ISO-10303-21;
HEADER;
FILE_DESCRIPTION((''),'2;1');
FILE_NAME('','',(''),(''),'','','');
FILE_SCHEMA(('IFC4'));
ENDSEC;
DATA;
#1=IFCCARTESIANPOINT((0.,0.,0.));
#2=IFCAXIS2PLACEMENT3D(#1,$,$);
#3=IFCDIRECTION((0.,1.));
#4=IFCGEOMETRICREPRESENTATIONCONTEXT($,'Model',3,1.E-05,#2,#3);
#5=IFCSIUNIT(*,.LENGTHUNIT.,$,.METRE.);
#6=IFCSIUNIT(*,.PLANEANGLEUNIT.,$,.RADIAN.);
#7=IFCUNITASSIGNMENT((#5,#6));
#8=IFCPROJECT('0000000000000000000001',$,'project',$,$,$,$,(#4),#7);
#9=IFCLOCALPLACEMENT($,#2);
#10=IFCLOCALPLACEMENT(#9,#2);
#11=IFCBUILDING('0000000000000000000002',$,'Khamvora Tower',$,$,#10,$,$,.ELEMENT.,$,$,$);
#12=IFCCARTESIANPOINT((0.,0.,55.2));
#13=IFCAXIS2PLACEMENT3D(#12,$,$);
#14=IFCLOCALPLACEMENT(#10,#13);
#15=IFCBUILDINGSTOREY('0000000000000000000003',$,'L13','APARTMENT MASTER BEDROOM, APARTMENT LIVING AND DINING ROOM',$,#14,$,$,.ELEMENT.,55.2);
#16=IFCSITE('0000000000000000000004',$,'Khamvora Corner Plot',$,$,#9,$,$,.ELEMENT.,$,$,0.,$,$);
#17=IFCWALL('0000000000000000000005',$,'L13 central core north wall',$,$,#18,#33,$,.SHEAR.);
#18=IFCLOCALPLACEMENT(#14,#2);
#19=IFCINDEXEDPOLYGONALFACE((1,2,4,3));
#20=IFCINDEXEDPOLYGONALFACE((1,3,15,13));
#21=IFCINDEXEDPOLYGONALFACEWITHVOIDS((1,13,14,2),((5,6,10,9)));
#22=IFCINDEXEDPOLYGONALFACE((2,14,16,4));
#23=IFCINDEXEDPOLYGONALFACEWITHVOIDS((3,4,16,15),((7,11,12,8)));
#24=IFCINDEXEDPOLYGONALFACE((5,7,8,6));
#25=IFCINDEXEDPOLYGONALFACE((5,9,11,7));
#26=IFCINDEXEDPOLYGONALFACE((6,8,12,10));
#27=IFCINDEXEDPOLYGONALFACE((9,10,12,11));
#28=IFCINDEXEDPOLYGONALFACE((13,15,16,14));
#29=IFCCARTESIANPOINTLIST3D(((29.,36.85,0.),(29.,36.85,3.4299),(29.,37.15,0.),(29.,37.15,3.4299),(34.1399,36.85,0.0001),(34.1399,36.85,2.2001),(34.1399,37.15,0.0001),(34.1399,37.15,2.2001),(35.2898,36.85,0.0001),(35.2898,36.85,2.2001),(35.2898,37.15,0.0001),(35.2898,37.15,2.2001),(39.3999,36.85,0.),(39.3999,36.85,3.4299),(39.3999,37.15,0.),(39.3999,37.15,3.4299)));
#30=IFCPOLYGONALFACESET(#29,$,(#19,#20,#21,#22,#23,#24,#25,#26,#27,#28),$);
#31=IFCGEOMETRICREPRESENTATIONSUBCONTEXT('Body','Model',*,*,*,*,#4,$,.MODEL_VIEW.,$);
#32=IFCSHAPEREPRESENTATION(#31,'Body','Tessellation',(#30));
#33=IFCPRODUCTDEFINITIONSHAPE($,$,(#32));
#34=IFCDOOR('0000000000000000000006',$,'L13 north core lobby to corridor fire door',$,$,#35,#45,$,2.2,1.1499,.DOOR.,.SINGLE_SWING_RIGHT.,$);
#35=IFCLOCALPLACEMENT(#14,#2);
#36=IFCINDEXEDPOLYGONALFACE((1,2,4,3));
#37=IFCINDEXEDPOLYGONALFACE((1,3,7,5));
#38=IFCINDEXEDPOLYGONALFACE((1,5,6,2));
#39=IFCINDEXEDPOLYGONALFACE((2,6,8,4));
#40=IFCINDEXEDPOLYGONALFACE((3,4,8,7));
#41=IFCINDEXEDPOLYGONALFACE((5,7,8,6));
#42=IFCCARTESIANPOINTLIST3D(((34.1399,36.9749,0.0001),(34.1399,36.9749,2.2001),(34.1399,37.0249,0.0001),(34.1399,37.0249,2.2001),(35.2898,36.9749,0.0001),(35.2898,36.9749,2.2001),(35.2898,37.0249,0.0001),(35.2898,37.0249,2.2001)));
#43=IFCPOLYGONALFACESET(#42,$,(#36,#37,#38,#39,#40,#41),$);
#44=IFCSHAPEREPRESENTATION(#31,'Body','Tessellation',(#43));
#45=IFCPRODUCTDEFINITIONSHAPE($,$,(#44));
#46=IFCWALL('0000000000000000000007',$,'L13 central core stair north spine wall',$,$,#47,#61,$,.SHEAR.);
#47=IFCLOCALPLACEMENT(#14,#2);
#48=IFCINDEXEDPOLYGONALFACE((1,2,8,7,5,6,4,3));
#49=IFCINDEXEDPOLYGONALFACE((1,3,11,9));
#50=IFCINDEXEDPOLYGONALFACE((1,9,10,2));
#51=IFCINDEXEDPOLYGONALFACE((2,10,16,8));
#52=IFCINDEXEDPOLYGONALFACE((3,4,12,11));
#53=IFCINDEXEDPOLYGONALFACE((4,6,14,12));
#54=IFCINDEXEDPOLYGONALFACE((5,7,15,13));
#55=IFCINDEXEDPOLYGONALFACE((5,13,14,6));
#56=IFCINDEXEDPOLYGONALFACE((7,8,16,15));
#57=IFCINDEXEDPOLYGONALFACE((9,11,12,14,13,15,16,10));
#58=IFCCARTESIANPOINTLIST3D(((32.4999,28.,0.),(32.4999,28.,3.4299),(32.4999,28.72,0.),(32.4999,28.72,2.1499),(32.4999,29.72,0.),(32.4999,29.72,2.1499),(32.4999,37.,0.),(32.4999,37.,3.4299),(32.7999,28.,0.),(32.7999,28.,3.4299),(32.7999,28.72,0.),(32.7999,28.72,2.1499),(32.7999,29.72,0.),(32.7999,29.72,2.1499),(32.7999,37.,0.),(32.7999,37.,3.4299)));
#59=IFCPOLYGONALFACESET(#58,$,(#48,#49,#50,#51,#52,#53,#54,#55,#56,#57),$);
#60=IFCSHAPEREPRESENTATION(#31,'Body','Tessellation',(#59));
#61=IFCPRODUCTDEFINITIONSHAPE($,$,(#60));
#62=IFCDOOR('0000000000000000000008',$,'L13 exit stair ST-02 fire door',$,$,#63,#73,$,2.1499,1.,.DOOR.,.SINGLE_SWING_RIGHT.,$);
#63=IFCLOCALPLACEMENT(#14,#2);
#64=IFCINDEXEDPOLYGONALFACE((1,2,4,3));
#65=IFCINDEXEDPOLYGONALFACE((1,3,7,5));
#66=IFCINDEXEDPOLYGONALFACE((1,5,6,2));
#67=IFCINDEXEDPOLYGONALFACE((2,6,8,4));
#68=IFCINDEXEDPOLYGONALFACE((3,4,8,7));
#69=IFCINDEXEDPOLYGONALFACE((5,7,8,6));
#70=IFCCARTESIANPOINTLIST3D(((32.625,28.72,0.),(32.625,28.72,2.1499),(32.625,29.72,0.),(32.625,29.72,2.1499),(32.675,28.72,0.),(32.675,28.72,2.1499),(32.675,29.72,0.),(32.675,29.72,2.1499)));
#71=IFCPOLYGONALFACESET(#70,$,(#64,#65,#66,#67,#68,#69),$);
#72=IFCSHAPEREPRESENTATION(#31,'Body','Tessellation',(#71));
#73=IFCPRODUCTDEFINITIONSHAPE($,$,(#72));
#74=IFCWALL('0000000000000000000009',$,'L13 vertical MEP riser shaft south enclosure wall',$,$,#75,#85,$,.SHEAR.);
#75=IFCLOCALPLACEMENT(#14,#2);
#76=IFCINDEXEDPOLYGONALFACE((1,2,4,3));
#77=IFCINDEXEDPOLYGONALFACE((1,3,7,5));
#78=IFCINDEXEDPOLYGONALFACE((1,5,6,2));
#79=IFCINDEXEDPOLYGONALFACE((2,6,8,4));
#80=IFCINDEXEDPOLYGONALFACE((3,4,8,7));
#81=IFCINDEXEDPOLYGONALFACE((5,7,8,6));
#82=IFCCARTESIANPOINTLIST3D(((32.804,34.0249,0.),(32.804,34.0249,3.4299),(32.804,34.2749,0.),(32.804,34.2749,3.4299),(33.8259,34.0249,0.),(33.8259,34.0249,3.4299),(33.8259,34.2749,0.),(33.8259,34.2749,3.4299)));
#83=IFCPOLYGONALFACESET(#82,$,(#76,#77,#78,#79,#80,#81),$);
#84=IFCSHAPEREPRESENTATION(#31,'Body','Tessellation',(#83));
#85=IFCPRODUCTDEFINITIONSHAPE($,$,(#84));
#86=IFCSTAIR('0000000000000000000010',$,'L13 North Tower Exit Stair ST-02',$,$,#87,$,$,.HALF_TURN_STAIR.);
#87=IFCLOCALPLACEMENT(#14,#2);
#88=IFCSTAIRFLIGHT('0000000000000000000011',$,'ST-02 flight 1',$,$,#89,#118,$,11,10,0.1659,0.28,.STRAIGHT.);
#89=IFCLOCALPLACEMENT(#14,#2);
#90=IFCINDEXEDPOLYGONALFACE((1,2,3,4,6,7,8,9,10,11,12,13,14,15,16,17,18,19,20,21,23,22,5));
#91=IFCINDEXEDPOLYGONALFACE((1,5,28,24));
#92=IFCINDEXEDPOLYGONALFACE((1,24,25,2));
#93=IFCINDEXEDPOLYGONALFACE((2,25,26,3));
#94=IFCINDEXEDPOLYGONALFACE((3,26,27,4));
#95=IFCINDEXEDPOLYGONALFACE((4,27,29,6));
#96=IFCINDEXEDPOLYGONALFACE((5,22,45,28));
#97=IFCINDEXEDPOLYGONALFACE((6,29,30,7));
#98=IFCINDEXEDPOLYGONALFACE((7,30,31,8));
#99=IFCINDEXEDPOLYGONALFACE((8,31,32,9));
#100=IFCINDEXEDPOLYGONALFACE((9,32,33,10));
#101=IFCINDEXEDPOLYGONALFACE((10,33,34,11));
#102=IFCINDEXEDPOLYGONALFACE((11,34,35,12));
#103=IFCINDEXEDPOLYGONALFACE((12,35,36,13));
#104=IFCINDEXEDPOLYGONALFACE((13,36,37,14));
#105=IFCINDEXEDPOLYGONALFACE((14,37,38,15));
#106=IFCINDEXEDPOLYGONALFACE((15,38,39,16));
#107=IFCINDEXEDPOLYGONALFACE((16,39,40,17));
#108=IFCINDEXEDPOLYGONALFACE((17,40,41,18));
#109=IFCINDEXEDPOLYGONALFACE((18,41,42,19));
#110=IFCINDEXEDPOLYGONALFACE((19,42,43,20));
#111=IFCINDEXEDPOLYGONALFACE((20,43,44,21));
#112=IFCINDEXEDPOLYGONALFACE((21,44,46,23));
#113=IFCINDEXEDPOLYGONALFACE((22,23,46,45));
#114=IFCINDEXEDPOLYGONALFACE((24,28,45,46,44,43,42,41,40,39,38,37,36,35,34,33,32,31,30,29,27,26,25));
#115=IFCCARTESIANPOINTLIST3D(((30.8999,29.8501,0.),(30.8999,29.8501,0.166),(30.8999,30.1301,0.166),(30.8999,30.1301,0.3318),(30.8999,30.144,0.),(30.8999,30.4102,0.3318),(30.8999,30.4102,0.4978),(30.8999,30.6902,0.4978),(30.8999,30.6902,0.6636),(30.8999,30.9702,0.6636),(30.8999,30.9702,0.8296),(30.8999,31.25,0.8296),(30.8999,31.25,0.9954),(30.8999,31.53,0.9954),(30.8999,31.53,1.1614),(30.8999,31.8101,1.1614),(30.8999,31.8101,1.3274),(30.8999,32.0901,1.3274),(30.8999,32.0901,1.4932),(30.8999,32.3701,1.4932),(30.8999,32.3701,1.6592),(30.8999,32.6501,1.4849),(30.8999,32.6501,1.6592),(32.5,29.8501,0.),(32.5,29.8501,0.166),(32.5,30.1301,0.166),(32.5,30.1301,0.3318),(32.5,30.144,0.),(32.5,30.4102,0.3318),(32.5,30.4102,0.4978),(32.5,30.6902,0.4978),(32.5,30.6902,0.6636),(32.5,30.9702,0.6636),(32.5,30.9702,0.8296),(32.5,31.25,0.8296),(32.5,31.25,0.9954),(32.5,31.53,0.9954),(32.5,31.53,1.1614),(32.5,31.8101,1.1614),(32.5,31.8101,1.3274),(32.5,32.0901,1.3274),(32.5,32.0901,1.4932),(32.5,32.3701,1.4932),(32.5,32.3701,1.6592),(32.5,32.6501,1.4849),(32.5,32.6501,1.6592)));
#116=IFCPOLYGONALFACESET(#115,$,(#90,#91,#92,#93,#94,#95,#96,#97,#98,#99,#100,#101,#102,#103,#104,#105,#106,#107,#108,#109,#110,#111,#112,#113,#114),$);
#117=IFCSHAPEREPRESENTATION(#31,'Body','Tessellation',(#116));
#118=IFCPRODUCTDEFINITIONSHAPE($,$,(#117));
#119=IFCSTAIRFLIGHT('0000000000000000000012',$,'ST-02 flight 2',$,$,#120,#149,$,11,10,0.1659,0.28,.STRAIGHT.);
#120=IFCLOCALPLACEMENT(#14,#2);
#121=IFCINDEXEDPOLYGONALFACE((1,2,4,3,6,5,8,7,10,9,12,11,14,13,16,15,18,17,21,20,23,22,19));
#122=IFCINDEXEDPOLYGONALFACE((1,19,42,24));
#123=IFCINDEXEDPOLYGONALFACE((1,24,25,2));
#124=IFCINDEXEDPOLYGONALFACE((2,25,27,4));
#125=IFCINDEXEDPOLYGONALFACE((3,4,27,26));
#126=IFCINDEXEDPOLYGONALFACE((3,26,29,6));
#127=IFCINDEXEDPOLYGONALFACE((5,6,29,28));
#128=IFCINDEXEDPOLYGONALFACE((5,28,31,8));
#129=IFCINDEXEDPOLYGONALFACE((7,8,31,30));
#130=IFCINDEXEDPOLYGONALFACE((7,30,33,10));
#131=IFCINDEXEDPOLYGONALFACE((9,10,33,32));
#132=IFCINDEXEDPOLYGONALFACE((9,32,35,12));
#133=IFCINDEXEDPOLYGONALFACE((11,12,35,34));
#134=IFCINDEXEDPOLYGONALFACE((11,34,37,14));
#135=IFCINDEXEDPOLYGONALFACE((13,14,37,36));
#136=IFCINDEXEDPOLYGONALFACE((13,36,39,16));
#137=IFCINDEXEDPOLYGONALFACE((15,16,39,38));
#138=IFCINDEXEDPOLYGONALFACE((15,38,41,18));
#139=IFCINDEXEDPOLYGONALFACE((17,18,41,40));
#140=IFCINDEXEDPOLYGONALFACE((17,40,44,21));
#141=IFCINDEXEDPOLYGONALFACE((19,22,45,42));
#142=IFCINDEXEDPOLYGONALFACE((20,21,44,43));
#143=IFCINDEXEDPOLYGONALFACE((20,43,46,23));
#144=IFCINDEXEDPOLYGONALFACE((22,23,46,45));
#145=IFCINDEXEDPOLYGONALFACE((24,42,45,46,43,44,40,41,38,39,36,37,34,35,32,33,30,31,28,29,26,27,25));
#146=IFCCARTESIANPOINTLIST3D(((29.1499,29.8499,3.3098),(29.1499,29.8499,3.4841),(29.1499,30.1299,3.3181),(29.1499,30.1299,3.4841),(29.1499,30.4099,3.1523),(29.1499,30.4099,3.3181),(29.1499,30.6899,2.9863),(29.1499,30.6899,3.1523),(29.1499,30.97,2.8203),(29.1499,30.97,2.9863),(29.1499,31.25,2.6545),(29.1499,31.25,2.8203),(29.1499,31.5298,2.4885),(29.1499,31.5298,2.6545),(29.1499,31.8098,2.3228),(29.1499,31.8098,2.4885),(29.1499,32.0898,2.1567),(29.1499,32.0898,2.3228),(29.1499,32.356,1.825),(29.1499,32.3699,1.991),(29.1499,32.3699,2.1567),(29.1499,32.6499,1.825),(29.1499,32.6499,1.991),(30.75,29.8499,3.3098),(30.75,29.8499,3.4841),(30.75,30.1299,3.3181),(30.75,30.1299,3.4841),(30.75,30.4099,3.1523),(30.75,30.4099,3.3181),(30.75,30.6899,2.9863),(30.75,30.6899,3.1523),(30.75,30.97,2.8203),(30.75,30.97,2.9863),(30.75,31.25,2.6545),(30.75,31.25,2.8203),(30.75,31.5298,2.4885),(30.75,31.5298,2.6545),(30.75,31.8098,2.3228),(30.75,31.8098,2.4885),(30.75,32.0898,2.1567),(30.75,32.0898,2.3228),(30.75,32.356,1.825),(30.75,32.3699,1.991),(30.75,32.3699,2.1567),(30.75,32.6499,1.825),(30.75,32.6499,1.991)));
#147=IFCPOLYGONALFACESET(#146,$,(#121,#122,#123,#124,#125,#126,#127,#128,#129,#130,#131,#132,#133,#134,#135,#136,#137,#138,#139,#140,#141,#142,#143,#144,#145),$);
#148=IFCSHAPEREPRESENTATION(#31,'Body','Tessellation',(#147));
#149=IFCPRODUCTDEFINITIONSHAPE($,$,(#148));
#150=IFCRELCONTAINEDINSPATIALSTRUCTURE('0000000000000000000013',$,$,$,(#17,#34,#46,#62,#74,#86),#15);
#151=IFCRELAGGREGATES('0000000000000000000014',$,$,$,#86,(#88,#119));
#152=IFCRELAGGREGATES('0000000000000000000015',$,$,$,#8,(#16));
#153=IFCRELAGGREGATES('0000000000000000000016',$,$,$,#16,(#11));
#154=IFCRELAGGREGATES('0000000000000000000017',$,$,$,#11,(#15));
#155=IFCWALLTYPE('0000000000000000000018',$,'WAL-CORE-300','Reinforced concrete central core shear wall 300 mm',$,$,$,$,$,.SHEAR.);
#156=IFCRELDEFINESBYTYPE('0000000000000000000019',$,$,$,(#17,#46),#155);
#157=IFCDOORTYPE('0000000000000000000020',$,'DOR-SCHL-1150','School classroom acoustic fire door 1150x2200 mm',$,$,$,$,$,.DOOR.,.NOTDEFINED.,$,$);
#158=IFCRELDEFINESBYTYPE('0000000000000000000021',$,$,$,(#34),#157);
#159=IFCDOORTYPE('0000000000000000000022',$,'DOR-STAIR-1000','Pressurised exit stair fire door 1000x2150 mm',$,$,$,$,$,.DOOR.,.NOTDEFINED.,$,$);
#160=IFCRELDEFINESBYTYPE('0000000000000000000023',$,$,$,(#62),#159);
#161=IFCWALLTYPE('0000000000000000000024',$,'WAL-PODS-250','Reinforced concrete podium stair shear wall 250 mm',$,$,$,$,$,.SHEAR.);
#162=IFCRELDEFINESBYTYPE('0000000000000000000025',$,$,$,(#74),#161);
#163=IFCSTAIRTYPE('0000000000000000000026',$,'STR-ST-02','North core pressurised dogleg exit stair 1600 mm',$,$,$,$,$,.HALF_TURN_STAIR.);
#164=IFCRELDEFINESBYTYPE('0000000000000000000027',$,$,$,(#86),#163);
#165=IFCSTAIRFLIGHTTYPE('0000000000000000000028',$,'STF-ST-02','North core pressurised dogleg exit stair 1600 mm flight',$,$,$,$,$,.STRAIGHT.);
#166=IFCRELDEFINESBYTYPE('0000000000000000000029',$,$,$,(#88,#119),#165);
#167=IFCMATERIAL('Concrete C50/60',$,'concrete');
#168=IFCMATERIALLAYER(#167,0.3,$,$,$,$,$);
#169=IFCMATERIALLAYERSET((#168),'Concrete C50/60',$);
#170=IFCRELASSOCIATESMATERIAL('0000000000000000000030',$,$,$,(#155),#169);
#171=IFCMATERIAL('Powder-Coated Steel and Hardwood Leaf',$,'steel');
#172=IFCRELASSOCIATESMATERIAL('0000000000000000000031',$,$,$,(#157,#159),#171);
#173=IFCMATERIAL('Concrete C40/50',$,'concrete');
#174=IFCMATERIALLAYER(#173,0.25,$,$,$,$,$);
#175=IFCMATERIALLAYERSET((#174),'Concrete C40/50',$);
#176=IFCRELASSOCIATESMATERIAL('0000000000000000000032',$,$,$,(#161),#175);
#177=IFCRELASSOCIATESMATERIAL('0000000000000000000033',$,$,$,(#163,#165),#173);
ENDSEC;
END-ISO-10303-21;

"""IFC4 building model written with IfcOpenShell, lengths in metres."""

from ifc_helpers import new_model, si_unit, direction, frame, frame_2d, origin, place, context, subcontext, project, spatial, polyline, rectangle, outline, extrude, material, layer, layer_set, type_object, element, fill, aggregate, save


model = new_model("IFC4")

# Units and contexts
model_context = context("Model", 3, precision=1e-05, world=origin(), true_north=direction((0.0, 1.0)))
body_context = subcontext(model_context, "Body", "Model", "MODEL_VIEW")
ifc_project = project(units=[si_unit("LENGTHUNIT", "METRE"), si_unit("PLANEANGLEUNIT", "RADIAN")], contexts=[model_context])

# Site, building, storey
site_placement = place(None, origin())
site = spatial("IfcSite", under=ifc_project, at=site_placement, Name="Khamvora Corner Plot", CompositionType="ELEMENT", RefElevation=0.0)
building_placement = place(site_placement, origin())
building = spatial("IfcBuilding", under=site, at=building_placement, Name="Khamvora Tower", CompositionType="ELEMENT")
storey_placement = place(building_placement, frame((0.0, 0.0, 55.2)))
storey = spatial("IfcBuildingStorey", under=building, at=storey_placement, Name="L13", Description="APARTMENT MASTER BEDROOM, APARTMENT LIVING AND DINING ROOM", CompositionType="ELEMENT", Elevation=55.2)

# Walls, openings, doors
ifc_material_1 = material(Name="Concrete C50/60", Category="concrete")
ifc_layer_1 = layer(ifc_material_1, 0.3)
ifc_layer_set_1 = layer_set([ifc_layer_1], Name="Concrete C50/60")
wall_type_1 = type_object("IfcWallType", Name="WAL-CORE-300", Description="Reinforced concrete central core shear wall 300 mm", PredefinedType="SHEAR", material=ifc_layer_set_1)
wall_1_placement = place(storey_placement, frame((29.0, 37.0, 0.0), z_axis=(0.0, 0.0, 1.0), x_axis=(1.0, 0.0, 0.0)))
wall_1 = element("IfcWall", 1, at=wall_1_placement, inside=storey, type_object=wall_type_1, Name="L13 central core north wall", PredefinedType="SHEAR", context=body_context, shape_type="SweptSolid", body=[
    extrude(rectangle(XDim=10.3999, YDim=0.3, at=frame_2d((5.2, 0.0))), origin(), (0.0, 0.0, 1.0), 3.4299),
])
opening_1_placement = place(wall_1_placement, frame((5.1399, 0.0, 0.0)))
opening_1 = element("IfcOpeningElement", 2, at=opening_1_placement, cuts=wall_1, PredefinedType="OPENING", context=body_context, shape_type="SweptSolid", body=[
    extrude(rectangle(XDim=1.1499, YDim=2.2, at=frame_2d((0.575, 1.1001))), frame((0.0, 0.1599, 0.0), z_axis=(0.0, -1.0, 0.0), x_axis=(1.0, 0.0, 0.0)), (0.0, 0.0, 1.0), 0.3201),
])
ifc_material_2 = material(Name="Powder-Coated Steel and Hardwood Leaf", Category="steel")
door_type_1 = type_object("IfcDoorType", Name="DOR-SCHL-1150", Description="School classroom acoustic fire door 1150x2200 mm", OperationType="NOTDEFINED", PredefinedType="DOOR", material=ifc_material_2)
door_1_placement = place(opening_1_placement, origin())
door_1 = element("IfcDoor", 3, at=door_1_placement, inside=storey, type_object=door_type_1, Name="L13 north core lobby to corridor fire door", OperationType="SINGLE_SWING_RIGHT", OverallHeight=2.2, OverallWidth=1.1499, PredefinedType="DOOR", context=body_context, shape_type="SweptSolid", body=[
    extrude(rectangle(XDim=1.1499, YDim=2.2, at=frame_2d((0.575, 1.1001))), frame((0.0, 0.0249, 0.0), z_axis=(0.0, -1.0, 0.0), x_axis=(1.0, 0.0, 0.0)), (0.0, 0.0, 1.0), 0.05),
])
fill(opening_1, door_1)
wall_2_placement = place(storey_placement, frame((32.6499, 28.0, 0.0), z_axis=(0.0, 0.0, 1.0), x_axis=(0.0, 1.0, 0.0)))
wall_2 = element("IfcWall", 4, at=wall_2_placement, inside=storey, type_object=wall_type_1, Name="L13 central core stair north spine wall", PredefinedType="SHEAR", context=body_context, shape_type="SweptSolid", body=[
    extrude(rectangle(XDim=9.0, YDim=0.3, at=frame_2d((4.5, 0.0))), origin(), (0.0, 0.0, 1.0), 3.4299),
])
opening_2_placement = place(wall_2_placement, frame((0.72, 0.0, 0.0)))
opening_2 = element("IfcOpeningElement", 5, at=opening_2_placement, cuts=wall_2, PredefinedType="OPENING", context=body_context, shape_type="SweptSolid", body=[
    extrude(rectangle(XDim=1.0, YDim=2.1499, at=frame_2d((0.5, 1.075))), frame((0.0, 0.1599, 0.0), z_axis=(0.0, -1.0, 0.0), x_axis=(1.0, 0.0, 0.0)), (0.0, 0.0, 1.0), 0.3201),
])
door_type_2 = type_object("IfcDoorType", Name="DOR-STAIR-1000", Description="Pressurised exit stair fire door 1000x2150 mm", OperationType="NOTDEFINED", PredefinedType="DOOR", material=ifc_material_2)
door_2_placement = place(opening_2_placement, origin())
door_2 = element("IfcDoor", 6, at=door_2_placement, inside=storey, type_object=door_type_2, Name="L13 exit stair ST-02 fire door", OperationType="SINGLE_SWING_RIGHT", OverallHeight=2.1499, OverallWidth=1.0, PredefinedType="DOOR", context=body_context, shape_type="SweptSolid", body=[
    extrude(rectangle(XDim=1.0, YDim=2.1499, at=frame_2d((0.5, 1.075))), frame((0.0, 0.0249, 0.0), z_axis=(0.0, -1.0, 0.0), x_axis=(1.0, 0.0, 0.0)), (0.0, 0.0, 1.0), 0.05),
])
fill(opening_2, door_2)

# Wall
ifc_material_3 = material(Name="Concrete C40/50", Category="concrete")
ifc_layer_2 = layer(ifc_material_3, 0.25)
ifc_layer_set_2 = layer_set([ifc_layer_2], Name="Concrete C40/50")
wall_type_2 = type_object("IfcWallType", Name="WAL-PODS-250", Description="Reinforced concrete podium stair shear wall 250 mm", PredefinedType="SHEAR", material=ifc_layer_set_2)
wall_3_placement = place(storey_placement, frame((32.804, 34.1499, 0.0), z_axis=(0.0, 0.0, 1.0), x_axis=(1.0, 0.0, 0.0)))
element("IfcWall", 7, at=wall_3_placement, inside=storey, type_object=wall_type_2, Name="L13 vertical MEP riser shaft south enclosure wall", PredefinedType="SHEAR", context=body_context, shape_type="SweptSolid", body=[
    extrude(rectangle(XDim=1.022, YDim=0.25, at=frame_2d((0.511, 0.0))), origin(), (0.0, 0.0, 1.0), 3.4299),
])

# Stair, stair flights
stair_type = type_object("IfcStairType", Name="STR-ST-02", Description="North core pressurised dogleg exit stair 1600 mm", PredefinedType="HALF_TURN_STAIR", material=ifc_material_3)
stair_placement = place(storey_placement, origin())
stair = element("IfcStair", 8, at=stair_placement, inside=storey, type_object=stair_type, Name="L13 North Tower Exit Stair ST-02", PredefinedType="HALF_TURN_STAIR")
stair_flight_type = type_object("IfcStairFlightType", Name="STF-ST-02", Description="North core pressurised dogleg exit stair 1600 mm flight", PredefinedType="STRAIGHT", material=ifc_material_3)
stair_flight_1_placement = place(storey_placement, frame((31.7, 29.8501, 0.0), z_axis=(0.0, 0.0, 1.0), x_axis=(0.0, 1.0, 0.0)))
stair_flight_1 = element("IfcStairFlight", 9, at=stair_flight_1_placement, type_object=stair_flight_type, Name="ST-02 flight 1", NumberOfRisers=11, NumberOfTreads=10, PredefinedType="STRAIGHT", RiserHeight=0.1659, TreadLength=0.28, context=body_context, shape_type="SweptSolid", body=[
    extrude(outline(polyline([(0.0, 0.0), (0.0, 0.166), (0.28, 0.166), (0.28, 0.3318), (0.5601, 0.3318), (0.5601, 0.4978), (0.8401, 0.4978), (0.8401, 0.6636), (1.1201, 0.6636), (1.1201, 0.8296), (1.3999, 0.8296), (1.3999, 0.9954), (1.6799, 0.9954), (1.6799, 1.1614), (1.96, 1.1614), (1.96, 1.3274), (2.24, 1.3274), (2.24, 1.4932), (2.52, 1.4932), (2.52, 1.6592), (2.8, 1.6592), (2.8, 1.825), (2.8, 1.4849), (0.2939, 0.0), (0.0, 0.0)])), frame((0.0, 0.8, 0.0), z_axis=(0.0, -1.0, 0.0), x_axis=(1.0, 0.0, 0.0)), (0.0, 0.0, 1.0), 1.6001),
])
stair_flight_2_placement = place(storey_placement, frame((29.95, 32.6499, 1.825), z_axis=(0.0, 0.0, 1.0), x_axis=(0.0, -1.0, 0.0)))
stair_flight_2 = element("IfcStairFlight", 10, at=stair_flight_2_placement, type_object=stair_flight_type, Name="ST-02 flight 2", NumberOfRisers=11, NumberOfTreads=10, PredefinedType="STRAIGHT", RiserHeight=0.1659, TreadLength=0.28, context=body_context, shape_type="SweptSolid", body=[
    extrude(outline(polyline([(0.0, 0.0), (0.0, 0.166), (0.28, 0.166), (0.28, 0.3318), (0.5601, 0.3318), (0.5601, 0.4978), (0.8401, 0.4978), (0.8401, 0.6636), (1.1201, 0.6636), (1.1201, 0.8296), (1.3999, 0.8296), (1.3999, 0.9954), (1.6799, 0.9954), (1.6799, 1.1614), (1.96, 1.1614), (1.96, 1.3274), (2.24, 1.3274), (2.24, 1.4932), (2.52, 1.4932), (2.52, 1.6592), (2.8, 1.6592), (2.8, 1.825), (2.8, 1.4849), (0.2939, 0.0), (0.0, 0.0)])), frame((0.0, 0.8, 0.0), z_axis=(0.0, -1.0, 0.0), x_axis=(1.0, 0.0, 0.0)), (0.0, 0.0, 1.0), 1.6001),
])
aggregate(stair, [stair_flight_1, stair_flight_2])

save(model, "model.ifc")
